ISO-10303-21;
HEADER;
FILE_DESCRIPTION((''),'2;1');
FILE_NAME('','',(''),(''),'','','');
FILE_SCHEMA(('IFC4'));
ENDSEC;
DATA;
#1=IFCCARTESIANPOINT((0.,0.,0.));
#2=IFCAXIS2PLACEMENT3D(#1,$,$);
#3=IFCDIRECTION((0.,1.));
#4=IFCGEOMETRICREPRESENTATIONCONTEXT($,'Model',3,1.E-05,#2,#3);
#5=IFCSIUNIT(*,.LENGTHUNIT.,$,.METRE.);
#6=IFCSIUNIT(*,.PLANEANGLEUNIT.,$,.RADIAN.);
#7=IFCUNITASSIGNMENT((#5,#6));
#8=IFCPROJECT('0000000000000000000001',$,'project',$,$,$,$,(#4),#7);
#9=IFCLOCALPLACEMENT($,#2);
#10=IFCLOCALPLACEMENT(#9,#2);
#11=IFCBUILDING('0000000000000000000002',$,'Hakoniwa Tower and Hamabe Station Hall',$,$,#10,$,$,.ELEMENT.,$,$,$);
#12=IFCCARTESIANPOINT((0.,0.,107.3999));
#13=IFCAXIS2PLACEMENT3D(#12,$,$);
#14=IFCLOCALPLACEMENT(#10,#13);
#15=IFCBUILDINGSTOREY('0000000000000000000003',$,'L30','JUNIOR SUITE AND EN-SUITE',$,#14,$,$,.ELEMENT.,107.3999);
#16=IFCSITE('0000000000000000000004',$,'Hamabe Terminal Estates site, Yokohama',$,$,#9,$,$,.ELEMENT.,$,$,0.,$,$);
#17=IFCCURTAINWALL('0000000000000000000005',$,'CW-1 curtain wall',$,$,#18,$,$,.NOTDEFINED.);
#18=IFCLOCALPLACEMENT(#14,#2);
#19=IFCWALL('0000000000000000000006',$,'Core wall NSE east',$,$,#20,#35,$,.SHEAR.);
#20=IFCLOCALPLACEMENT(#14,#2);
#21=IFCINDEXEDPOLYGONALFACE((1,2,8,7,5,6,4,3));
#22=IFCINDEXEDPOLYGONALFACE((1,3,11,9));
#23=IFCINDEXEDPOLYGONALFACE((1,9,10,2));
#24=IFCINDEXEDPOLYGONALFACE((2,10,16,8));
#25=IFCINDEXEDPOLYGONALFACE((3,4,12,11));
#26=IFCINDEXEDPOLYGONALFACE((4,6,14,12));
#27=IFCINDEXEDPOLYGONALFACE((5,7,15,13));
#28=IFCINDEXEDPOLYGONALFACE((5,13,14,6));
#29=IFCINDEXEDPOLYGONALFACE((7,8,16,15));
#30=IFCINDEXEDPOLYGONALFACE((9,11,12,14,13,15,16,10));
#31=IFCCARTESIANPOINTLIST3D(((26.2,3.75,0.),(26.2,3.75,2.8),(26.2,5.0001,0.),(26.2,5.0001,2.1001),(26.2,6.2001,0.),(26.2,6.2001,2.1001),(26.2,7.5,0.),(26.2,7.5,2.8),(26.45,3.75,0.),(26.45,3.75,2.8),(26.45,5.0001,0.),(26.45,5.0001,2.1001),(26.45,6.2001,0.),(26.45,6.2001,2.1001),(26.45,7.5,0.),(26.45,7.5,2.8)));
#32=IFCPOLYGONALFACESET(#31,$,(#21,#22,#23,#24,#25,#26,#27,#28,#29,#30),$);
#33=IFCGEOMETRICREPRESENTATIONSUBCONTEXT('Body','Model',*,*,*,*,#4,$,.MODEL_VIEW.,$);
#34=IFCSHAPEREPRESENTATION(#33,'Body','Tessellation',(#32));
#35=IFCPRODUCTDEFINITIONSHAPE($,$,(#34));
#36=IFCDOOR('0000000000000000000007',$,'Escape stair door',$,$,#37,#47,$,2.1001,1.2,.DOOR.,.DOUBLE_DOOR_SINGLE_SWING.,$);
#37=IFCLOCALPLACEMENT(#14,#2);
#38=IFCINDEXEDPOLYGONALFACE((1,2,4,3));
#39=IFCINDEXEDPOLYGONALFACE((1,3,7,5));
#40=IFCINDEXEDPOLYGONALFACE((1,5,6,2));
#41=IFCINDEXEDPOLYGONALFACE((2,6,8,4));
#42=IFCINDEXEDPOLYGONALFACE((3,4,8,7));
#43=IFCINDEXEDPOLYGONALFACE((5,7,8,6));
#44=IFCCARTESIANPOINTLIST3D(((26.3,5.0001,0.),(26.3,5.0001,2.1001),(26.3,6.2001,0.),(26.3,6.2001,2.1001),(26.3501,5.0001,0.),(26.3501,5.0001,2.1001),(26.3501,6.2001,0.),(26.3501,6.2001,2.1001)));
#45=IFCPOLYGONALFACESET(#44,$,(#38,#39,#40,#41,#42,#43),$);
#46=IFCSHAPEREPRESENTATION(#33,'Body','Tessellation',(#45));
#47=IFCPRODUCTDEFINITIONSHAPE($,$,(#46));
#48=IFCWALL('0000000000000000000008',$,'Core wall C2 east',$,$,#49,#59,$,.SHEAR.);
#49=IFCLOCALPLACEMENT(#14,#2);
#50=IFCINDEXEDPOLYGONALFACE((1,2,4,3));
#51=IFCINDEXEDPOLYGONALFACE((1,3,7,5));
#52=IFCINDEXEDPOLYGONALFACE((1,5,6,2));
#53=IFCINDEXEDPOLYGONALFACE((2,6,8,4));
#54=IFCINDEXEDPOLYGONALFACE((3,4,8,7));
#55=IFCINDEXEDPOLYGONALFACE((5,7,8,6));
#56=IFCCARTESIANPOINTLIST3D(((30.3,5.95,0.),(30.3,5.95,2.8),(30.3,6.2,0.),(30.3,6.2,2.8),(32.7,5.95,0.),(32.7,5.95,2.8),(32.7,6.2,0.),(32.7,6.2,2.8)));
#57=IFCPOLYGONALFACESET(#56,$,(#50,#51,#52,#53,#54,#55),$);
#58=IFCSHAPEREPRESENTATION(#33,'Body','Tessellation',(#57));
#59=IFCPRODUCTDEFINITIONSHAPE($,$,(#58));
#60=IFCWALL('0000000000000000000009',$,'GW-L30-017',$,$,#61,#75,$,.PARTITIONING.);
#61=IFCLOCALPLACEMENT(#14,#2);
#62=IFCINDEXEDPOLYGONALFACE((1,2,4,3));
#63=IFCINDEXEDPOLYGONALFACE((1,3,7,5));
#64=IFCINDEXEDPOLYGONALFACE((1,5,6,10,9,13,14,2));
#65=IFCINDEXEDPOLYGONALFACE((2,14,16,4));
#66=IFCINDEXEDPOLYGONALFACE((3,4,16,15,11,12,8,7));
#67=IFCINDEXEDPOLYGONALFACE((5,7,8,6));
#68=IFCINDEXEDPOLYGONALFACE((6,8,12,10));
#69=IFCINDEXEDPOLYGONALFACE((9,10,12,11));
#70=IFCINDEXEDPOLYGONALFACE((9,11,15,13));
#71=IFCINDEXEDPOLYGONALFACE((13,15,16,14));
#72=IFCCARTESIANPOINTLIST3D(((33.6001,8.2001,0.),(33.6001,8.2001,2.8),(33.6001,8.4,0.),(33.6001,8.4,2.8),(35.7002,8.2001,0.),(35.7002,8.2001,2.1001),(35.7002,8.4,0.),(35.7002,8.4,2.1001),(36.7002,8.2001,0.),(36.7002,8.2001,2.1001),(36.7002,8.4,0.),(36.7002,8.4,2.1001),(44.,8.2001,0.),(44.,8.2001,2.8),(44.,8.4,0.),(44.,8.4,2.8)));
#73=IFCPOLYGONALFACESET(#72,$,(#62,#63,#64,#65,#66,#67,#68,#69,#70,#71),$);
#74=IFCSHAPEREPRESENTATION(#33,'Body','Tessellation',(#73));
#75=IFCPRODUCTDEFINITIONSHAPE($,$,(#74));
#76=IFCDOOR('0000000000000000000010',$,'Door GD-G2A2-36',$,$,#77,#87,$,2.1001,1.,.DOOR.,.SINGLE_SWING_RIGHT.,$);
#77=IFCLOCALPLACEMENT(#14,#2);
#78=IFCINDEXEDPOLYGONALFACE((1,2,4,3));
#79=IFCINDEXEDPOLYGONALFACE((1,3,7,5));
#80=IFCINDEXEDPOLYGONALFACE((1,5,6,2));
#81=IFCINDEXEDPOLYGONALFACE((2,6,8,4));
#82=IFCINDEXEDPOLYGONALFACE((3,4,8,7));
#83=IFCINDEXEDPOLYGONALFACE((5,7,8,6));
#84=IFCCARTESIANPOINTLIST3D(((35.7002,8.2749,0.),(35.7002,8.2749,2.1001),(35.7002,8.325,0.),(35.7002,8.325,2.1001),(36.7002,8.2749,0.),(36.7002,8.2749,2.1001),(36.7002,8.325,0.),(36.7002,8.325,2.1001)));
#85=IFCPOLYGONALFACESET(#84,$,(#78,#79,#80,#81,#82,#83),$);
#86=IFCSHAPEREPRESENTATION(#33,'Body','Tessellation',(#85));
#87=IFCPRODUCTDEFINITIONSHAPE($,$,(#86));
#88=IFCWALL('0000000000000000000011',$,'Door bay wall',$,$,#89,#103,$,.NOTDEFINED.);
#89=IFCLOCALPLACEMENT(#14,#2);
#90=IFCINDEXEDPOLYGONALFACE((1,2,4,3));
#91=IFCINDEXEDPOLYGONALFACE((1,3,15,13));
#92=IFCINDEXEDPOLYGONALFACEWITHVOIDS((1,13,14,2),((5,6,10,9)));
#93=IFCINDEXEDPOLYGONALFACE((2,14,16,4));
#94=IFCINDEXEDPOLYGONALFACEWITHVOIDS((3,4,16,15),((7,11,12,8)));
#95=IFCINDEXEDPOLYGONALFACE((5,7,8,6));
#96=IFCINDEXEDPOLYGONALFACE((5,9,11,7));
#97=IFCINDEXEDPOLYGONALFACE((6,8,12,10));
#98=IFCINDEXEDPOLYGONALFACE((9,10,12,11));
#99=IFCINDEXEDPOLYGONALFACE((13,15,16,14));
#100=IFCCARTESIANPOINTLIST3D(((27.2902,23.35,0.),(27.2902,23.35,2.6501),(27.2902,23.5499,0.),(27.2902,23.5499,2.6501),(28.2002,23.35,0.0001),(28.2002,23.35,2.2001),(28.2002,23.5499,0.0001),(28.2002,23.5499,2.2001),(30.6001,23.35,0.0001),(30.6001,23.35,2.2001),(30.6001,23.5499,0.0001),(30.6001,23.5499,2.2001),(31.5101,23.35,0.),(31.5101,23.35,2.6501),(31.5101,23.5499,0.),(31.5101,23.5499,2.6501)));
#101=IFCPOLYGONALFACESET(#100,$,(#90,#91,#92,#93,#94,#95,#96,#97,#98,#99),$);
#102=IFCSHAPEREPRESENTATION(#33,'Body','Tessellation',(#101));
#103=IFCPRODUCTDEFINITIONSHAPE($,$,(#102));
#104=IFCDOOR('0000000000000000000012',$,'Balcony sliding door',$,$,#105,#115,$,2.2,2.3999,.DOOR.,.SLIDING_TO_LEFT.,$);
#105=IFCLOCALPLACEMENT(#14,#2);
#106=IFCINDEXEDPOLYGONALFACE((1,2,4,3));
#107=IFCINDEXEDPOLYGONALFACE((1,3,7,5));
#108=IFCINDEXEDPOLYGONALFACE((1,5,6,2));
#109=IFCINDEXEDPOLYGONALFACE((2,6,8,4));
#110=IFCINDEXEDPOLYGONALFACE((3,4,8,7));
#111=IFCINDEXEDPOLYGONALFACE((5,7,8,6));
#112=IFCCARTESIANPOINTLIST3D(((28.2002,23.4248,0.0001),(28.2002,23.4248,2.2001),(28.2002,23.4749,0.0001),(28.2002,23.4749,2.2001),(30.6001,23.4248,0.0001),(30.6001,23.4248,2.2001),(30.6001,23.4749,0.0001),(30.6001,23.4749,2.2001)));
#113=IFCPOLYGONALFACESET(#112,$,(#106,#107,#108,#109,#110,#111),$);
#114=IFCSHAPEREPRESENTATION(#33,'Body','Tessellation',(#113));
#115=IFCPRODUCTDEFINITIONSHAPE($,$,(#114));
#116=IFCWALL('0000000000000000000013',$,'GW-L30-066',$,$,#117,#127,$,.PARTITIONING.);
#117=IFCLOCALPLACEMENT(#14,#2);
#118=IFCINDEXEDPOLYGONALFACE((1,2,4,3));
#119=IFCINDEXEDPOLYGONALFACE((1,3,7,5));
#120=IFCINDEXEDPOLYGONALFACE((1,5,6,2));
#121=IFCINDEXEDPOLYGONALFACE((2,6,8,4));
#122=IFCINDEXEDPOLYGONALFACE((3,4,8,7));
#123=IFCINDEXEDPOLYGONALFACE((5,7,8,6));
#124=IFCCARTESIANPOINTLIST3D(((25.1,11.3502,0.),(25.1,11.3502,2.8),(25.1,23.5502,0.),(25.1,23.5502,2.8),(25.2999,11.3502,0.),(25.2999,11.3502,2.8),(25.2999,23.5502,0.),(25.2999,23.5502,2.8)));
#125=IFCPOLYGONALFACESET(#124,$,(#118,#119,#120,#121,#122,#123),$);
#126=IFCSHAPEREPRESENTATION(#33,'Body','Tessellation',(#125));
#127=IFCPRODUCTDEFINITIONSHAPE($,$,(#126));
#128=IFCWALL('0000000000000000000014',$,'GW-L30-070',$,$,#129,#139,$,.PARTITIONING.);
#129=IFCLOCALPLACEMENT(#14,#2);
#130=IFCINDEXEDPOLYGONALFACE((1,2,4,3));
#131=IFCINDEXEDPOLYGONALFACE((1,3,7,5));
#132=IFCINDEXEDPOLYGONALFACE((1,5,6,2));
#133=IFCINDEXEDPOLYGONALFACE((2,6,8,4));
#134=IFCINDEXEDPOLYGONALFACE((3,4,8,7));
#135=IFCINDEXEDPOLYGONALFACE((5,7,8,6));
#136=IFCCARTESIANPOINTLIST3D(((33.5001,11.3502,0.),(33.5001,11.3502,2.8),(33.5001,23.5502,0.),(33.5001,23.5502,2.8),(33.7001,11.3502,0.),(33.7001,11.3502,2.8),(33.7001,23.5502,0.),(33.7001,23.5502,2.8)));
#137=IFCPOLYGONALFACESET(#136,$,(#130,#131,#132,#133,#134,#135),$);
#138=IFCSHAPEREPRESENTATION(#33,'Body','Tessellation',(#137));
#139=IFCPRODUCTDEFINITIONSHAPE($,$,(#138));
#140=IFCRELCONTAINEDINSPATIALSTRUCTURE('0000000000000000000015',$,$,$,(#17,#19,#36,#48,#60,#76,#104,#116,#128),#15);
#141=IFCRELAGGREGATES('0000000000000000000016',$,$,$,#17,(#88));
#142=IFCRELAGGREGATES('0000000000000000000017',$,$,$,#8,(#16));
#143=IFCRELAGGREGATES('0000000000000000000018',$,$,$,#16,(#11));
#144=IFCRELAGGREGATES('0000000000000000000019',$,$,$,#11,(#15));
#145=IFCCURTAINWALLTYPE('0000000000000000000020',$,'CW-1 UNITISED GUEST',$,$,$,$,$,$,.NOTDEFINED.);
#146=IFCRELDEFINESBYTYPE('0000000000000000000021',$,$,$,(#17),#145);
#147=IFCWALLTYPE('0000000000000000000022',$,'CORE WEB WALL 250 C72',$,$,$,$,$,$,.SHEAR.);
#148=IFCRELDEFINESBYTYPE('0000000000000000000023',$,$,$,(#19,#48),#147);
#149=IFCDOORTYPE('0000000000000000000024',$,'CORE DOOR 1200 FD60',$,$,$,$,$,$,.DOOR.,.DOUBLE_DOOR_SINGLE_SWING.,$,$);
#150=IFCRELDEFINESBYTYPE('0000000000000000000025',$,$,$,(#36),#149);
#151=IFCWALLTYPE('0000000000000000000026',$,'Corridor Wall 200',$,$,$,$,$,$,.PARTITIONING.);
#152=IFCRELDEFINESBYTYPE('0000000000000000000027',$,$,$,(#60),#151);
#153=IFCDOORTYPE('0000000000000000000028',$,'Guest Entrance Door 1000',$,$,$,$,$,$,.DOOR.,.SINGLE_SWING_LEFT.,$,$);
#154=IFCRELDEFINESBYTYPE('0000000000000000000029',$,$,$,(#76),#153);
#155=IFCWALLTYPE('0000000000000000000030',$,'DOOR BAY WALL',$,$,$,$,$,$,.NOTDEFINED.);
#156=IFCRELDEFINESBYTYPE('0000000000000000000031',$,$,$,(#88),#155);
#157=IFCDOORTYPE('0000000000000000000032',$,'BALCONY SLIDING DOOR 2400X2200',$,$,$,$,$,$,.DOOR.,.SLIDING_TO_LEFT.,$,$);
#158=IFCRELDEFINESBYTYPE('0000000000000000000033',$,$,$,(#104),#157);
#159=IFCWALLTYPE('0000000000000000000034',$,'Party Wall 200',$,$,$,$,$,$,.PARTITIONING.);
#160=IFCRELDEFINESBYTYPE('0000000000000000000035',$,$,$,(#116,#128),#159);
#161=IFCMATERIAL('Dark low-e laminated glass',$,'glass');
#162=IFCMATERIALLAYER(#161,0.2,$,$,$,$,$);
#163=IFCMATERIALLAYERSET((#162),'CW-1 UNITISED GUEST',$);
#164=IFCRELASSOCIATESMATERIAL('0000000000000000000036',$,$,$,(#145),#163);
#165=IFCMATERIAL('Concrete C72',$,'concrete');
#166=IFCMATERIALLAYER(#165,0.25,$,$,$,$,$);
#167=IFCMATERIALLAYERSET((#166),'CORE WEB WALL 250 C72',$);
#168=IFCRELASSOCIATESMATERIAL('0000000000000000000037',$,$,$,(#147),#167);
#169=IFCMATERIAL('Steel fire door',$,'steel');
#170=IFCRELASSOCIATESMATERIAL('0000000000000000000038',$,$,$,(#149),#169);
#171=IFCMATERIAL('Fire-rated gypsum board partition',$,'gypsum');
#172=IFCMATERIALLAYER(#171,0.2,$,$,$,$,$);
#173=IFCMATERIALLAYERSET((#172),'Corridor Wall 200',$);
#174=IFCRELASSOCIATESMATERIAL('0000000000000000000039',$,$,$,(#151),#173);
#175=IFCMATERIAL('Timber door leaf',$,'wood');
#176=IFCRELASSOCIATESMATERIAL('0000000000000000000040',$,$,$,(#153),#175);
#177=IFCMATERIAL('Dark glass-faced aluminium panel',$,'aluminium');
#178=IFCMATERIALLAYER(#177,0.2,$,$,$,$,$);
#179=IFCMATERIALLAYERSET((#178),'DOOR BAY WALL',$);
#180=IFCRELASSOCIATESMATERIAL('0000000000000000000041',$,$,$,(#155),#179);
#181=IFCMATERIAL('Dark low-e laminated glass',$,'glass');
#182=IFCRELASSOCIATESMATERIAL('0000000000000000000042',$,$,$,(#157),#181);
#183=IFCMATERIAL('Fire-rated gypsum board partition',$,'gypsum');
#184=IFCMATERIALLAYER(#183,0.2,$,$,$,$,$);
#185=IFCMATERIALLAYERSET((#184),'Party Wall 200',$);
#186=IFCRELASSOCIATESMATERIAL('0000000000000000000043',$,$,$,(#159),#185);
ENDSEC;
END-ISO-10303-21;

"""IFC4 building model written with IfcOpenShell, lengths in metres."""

from ifc_helpers import new_model, si_unit, direction, frame, frame_2d, origin, place, context, subcontext, project, spatial, rectangle, extrude, material, layer, layer_set, type_object, element, fill, aggregate, save


model = new_model("IFC4")

# Units and contexts
model_context = context("Model", 3, precision=1e-05, world=origin(), true_north=direction((0.0, 1.0)))
body_context = subcontext(model_context, "Body", "Model", "MODEL_VIEW")
ifc_project = project(units=[si_unit("LENGTHUNIT", "METRE"), si_unit("PLANEANGLEUNIT", "RADIAN")], contexts=[model_context])

# Site, building, storey
site_placement = place(None, origin())
site = spatial("IfcSite", under=ifc_project, at=site_placement, Name="Hamabe Terminal Estates site, Yokohama", CompositionType="ELEMENT", RefElevation=0.0)
building_placement = place(site_placement, origin())
building = spatial("IfcBuilding", under=site, at=building_placement, Name="Hakoniwa Tower and Hamabe Station Hall", CompositionType="ELEMENT")
storey_placement = place(building_placement, frame((0.0, 0.0, 107.3999)))
storey = spatial("IfcBuildingStorey", under=building, at=storey_placement, Name="L30", Description="JUNIOR SUITE AND EN-SUITE", CompositionType="ELEMENT", Elevation=107.3999)

# Curtain wall
ifc_material_1 = material(Name="Dark low-e laminated glass", Category="glass")
ifc_layer_1 = layer(ifc_material_1, 0.2)
ifc_layer_set_1 = layer_set([ifc_layer_1], Name="CW-1 UNITISED GUEST")
curtain_wall_type = type_object("IfcCurtainWallType", Name="CW-1 UNITISED GUEST", PredefinedType="NOTDEFINED", material=ifc_layer_set_1)
curtain_wall_placement = place(storey_placement, origin())
curtain_wall = element("IfcCurtainWall", 1, at=curtain_wall_placement, inside=storey, type_object=curtain_wall_type, Name="CW-1 curtain wall", PredefinedType="NOTDEFINED")

# Wall, opening, door
ifc_material_2 = material(Name="Concrete C72", Category="concrete")
ifc_layer_2 = layer(ifc_material_2, 0.25)
ifc_layer_set_2 = layer_set([ifc_layer_2], Name="CORE WEB WALL 250 C72")
wall_type_1 = type_object("IfcWallType", Name="CORE WEB WALL 250 C72", PredefinedType="SHEAR", material=ifc_layer_set_2)
wall_1_placement = place(storey_placement, frame((26.325, 3.75, 0.0), z_axis=(0.0, 0.0, 1.0), x_axis=(0.0, 1.0, 0.0)))
wall_1 = element("IfcWall", 2, at=wall_1_placement, inside=storey, type_object=wall_type_1, Name="Core wall NSE east", PredefinedType="SHEAR", context=body_context, shape_type="SweptSolid", body=[
    extrude(rectangle(XDim=3.75, YDim=0.25, at=frame_2d((1.875, 0.0))), origin(), (0.0, 0.0, 1.0), 2.8),
])
opening_1_placement = place(wall_1_placement, frame((1.25, 0.0, 0.0)))
opening_1 = element("IfcOpeningElement", 3, at=opening_1_placement, cuts=wall_1, PredefinedType="OPENING", context=body_context, shape_type="SweptSolid", body=[
    extrude(rectangle(XDim=1.2, YDim=2.1001, at=frame_2d((0.6001, 1.05))), frame((0.0, 0.135, 0.0), z_axis=(0.0, -1.0, 0.0), x_axis=(1.0, 0.0, 0.0)), (0.0, 0.0, 1.0), 0.27),
])
ifc_material_3 = material(Name="Steel fire door", Category="steel")
door_type_1 = type_object("IfcDoorType", Name="CORE DOOR 1200 FD60", OperationType="DOUBLE_DOOR_SINGLE_SWING", PredefinedType="DOOR", material=ifc_material_3)
door_1_placement = place(opening_1_placement, origin())
door_1 = element("IfcDoor", 4, at=door_1_placement, inside=storey, type_object=door_type_1, Name="Escape stair door", OperationType="DOUBLE_DOOR_SINGLE_SWING", OverallHeight=2.1001, OverallWidth=1.2, PredefinedType="DOOR", context=body_context, shape_type="SweptSolid", body=[
    extrude(rectangle(XDim=1.2, YDim=2.1001, at=frame_2d((0.6001, 1.05))), frame((0.0, 0.0249, 0.0), z_axis=(0.0, -1.0, 0.0), x_axis=(1.0, 0.0, 0.0)), (0.0, 0.0, 1.0), 0.05),
])
fill(opening_1, door_1)

# Wall
wall_2_placement = place(storey_placement, frame((30.3, 6.075, 0.0), z_axis=(0.0, 0.0, 1.0), x_axis=(1.0, 0.0, 0.0)))
element("IfcWall", 5, at=wall_2_placement, inside=storey, type_object=wall_type_1, Name="Core wall C2 east", PredefinedType="SHEAR", context=body_context, shape_type="SweptSolid", body=[
    extrude(rectangle(XDim=2.3999, YDim=0.25, at=frame_2d((1.2, 0.0))), origin(), (0.0, 0.0, 1.0), 2.8),
])

# Walls, openings, doors
ifc_material_4 = material(Name="Fire-rated gypsum board partition", Category="gypsum")
ifc_layer_3 = layer(ifc_material_4, 0.2)
ifc_layer_set_3 = layer_set([ifc_layer_3], Name="Corridor Wall 200")
wall_type_2 = type_object("IfcWallType", Name="Corridor Wall 200", PredefinedType="PARTITIONING", material=ifc_layer_set_3)
wall_3_placement = place(storey_placement, frame((33.6001, 8.3, 0.0), z_axis=(0.0, 0.0, 1.0), x_axis=(1.0, 0.0, 0.0)))
wall_3 = element("IfcWall", 6, at=wall_3_placement, inside=storey, type_object=wall_type_2, Name="GW-L30-017", PredefinedType="PARTITIONING", context=body_context, shape_type="SweptSolid", body=[
    extrude(rectangle(XDim=10.3999, YDim=0.2, at=frame_2d((5.2, 0.0))), origin(), (0.0, 0.0, 1.0), 2.8),
])
opening_2_placement = place(wall_3_placement, frame((2.1001, 0.0, 0.0)))
opening_2 = element("IfcOpeningElement", 7, at=opening_2_placement, cuts=wall_3, PredefinedType="OPENING", context=body_context, shape_type="SweptSolid", body=[
    extrude(rectangle(XDim=1.0, YDim=2.1001, at=frame_2d((0.5, 1.05))), frame((0.0, 0.1099, 0.0), z_axis=(0.0, -1.0, 0.0), x_axis=(1.0, 0.0, 0.0)), (0.0, 0.0, 1.0), 0.22),
])
ifc_material_5 = material(Name="Timber door leaf", Category="wood")
door_type_2 = type_object("IfcDoorType", Name="Guest Entrance Door 1000", OperationType="SINGLE_SWING_LEFT", PredefinedType="DOOR", material=ifc_material_5)
door_2_placement = place(opening_2_placement, origin())
door_2 = element("IfcDoor", 8, at=door_2_placement, inside=storey, type_object=door_type_2, Name="Door GD-G2A2-36", OperationType="SINGLE_SWING_RIGHT", OverallHeight=2.1001, OverallWidth=1.0, PredefinedType="DOOR", context=body_context, shape_type="SweptSolid", body=[
    extrude(rectangle(XDim=1.0, YDim=2.1001, at=frame_2d((0.5, 1.05))), frame((0.0, 0.0249, 0.0), z_axis=(0.0, -1.0, 0.0), x_axis=(1.0, 0.0, 0.0)), (0.0, 0.0, 1.0), 0.05),
])
fill(opening_2, door_2)
ifc_material_6 = material(Name="Dark glass-faced aluminium panel", Category="aluminium")
ifc_layer_4 = layer(ifc_material_6, 0.2)
ifc_layer_set_4 = layer_set([ifc_layer_4], Name="DOOR BAY WALL")
wall_type_3 = type_object("IfcWallType", Name="DOOR BAY WALL", PredefinedType="NOTDEFINED", material=ifc_layer_set_4)
wall_4_placement = place(storey_placement, frame((31.51, 23.45, 0.0), z_axis=(0.0, 0.0, 1.0), x_axis=(-1.0, 0.0, 0.0)))
wall_4 = element("IfcWall", 9, at=wall_4_placement, type_object=wall_type_3, Name="Door bay wall", PredefinedType="NOTDEFINED", context=body_context, shape_type="SweptSolid", body=[
    extrude(rectangle(XDim=4.22, YDim=0.2, at=frame_2d((2.1099, 0.0))), origin(), (0.0, 0.0, 1.0), 2.6501),
])
opening_3_placement = place(wall_4_placement, frame((0.9099, 0.0, 0.0)))
opening_3 = element("IfcOpeningElement", 10, at=opening_3_placement, cuts=wall_4, PredefinedType="OPENING", context=body_context, shape_type="SweptSolid", body=[
    extrude(rectangle(XDim=2.3999, YDim=2.2, at=frame_2d((1.2, 1.1001))), frame((0.0, 0.1099, 0.0), z_axis=(0.0, -1.0, 0.0), x_axis=(1.0, 0.0, 0.0)), (0.0, 0.0, 1.0), 0.22),
])
ifc_material_7 = material(Name="Dark low-e laminated glass", Category="glass")
door_type_3 = type_object("IfcDoorType", Name="BALCONY SLIDING DOOR 2400X2200", OperationType="SLIDING_TO_LEFT", PredefinedType="DOOR", material=ifc_material_7)
door_3_placement = place(opening_3_placement, frame((2.3999, 0.0, 0.0), z_axis=(0.0, 0.0, 1.0), x_axis=(-1.0, 0.0, 0.0)))
door_3 = element("IfcDoor", 11, at=door_3_placement, inside=storey, type_object=door_type_3, Name="Balcony sliding door", OperationType="SLIDING_TO_LEFT", OverallHeight=2.2, OverallWidth=2.3999, PredefinedType="DOOR", context=body_context, shape_type="SweptSolid", body=[
    extrude(rectangle(XDim=2.3999, YDim=2.2, at=frame_2d((1.2, 1.1001))), frame((0.0, 0.0249, 0.0), z_axis=(0.0, -1.0, 0.0), x_axis=(1.0, 0.0, 0.0)), (0.0, 0.0, 1.0), 0.05),
])
fill(opening_3, door_3)
aggregate(curtain_wall, [wall_4])

# Walls
ifc_material_8 = material(Name="Fire-rated gypsum board partition", Category="gypsum")
ifc_layer_5 = layer(ifc_material_8, 0.2)
ifc_layer_set_5 = layer_set([ifc_layer_5], Name="Party Wall 200")
wall_type_4 = type_object("IfcWallType", Name="Party Wall 200", PredefinedType="PARTITIONING", material=ifc_layer_set_5)
for number, where, z_axis, x_axis, name in (
    (12, (25.2, 11.3501, 0.0), (0.0, 0.0, 1.0), (0.0, 1.0, 0.0), "GW-L30-066"),
    (13, (33.6001, 11.3501, 0.0), (0.0, 0.0, 1.0), (0.0, 1.0, 0.0), "GW-L30-070"),
):
    element("IfcWall", number, at=place(storey_placement, frame(where, z_axis=z_axis, x_axis=x_axis)), inside=storey, type_object=wall_type_4, Name=name, PredefinedType="PARTITIONING", context=body_context, shape_type="SweptSolid", body=[
        extrude(rectangle(XDim=12.2, YDim=0.2, at=frame_2d((6.1001, 0.0))), origin(), (0.0, 0.0, 1.0), 2.8),
    ])

save(model, "model.ifc")
